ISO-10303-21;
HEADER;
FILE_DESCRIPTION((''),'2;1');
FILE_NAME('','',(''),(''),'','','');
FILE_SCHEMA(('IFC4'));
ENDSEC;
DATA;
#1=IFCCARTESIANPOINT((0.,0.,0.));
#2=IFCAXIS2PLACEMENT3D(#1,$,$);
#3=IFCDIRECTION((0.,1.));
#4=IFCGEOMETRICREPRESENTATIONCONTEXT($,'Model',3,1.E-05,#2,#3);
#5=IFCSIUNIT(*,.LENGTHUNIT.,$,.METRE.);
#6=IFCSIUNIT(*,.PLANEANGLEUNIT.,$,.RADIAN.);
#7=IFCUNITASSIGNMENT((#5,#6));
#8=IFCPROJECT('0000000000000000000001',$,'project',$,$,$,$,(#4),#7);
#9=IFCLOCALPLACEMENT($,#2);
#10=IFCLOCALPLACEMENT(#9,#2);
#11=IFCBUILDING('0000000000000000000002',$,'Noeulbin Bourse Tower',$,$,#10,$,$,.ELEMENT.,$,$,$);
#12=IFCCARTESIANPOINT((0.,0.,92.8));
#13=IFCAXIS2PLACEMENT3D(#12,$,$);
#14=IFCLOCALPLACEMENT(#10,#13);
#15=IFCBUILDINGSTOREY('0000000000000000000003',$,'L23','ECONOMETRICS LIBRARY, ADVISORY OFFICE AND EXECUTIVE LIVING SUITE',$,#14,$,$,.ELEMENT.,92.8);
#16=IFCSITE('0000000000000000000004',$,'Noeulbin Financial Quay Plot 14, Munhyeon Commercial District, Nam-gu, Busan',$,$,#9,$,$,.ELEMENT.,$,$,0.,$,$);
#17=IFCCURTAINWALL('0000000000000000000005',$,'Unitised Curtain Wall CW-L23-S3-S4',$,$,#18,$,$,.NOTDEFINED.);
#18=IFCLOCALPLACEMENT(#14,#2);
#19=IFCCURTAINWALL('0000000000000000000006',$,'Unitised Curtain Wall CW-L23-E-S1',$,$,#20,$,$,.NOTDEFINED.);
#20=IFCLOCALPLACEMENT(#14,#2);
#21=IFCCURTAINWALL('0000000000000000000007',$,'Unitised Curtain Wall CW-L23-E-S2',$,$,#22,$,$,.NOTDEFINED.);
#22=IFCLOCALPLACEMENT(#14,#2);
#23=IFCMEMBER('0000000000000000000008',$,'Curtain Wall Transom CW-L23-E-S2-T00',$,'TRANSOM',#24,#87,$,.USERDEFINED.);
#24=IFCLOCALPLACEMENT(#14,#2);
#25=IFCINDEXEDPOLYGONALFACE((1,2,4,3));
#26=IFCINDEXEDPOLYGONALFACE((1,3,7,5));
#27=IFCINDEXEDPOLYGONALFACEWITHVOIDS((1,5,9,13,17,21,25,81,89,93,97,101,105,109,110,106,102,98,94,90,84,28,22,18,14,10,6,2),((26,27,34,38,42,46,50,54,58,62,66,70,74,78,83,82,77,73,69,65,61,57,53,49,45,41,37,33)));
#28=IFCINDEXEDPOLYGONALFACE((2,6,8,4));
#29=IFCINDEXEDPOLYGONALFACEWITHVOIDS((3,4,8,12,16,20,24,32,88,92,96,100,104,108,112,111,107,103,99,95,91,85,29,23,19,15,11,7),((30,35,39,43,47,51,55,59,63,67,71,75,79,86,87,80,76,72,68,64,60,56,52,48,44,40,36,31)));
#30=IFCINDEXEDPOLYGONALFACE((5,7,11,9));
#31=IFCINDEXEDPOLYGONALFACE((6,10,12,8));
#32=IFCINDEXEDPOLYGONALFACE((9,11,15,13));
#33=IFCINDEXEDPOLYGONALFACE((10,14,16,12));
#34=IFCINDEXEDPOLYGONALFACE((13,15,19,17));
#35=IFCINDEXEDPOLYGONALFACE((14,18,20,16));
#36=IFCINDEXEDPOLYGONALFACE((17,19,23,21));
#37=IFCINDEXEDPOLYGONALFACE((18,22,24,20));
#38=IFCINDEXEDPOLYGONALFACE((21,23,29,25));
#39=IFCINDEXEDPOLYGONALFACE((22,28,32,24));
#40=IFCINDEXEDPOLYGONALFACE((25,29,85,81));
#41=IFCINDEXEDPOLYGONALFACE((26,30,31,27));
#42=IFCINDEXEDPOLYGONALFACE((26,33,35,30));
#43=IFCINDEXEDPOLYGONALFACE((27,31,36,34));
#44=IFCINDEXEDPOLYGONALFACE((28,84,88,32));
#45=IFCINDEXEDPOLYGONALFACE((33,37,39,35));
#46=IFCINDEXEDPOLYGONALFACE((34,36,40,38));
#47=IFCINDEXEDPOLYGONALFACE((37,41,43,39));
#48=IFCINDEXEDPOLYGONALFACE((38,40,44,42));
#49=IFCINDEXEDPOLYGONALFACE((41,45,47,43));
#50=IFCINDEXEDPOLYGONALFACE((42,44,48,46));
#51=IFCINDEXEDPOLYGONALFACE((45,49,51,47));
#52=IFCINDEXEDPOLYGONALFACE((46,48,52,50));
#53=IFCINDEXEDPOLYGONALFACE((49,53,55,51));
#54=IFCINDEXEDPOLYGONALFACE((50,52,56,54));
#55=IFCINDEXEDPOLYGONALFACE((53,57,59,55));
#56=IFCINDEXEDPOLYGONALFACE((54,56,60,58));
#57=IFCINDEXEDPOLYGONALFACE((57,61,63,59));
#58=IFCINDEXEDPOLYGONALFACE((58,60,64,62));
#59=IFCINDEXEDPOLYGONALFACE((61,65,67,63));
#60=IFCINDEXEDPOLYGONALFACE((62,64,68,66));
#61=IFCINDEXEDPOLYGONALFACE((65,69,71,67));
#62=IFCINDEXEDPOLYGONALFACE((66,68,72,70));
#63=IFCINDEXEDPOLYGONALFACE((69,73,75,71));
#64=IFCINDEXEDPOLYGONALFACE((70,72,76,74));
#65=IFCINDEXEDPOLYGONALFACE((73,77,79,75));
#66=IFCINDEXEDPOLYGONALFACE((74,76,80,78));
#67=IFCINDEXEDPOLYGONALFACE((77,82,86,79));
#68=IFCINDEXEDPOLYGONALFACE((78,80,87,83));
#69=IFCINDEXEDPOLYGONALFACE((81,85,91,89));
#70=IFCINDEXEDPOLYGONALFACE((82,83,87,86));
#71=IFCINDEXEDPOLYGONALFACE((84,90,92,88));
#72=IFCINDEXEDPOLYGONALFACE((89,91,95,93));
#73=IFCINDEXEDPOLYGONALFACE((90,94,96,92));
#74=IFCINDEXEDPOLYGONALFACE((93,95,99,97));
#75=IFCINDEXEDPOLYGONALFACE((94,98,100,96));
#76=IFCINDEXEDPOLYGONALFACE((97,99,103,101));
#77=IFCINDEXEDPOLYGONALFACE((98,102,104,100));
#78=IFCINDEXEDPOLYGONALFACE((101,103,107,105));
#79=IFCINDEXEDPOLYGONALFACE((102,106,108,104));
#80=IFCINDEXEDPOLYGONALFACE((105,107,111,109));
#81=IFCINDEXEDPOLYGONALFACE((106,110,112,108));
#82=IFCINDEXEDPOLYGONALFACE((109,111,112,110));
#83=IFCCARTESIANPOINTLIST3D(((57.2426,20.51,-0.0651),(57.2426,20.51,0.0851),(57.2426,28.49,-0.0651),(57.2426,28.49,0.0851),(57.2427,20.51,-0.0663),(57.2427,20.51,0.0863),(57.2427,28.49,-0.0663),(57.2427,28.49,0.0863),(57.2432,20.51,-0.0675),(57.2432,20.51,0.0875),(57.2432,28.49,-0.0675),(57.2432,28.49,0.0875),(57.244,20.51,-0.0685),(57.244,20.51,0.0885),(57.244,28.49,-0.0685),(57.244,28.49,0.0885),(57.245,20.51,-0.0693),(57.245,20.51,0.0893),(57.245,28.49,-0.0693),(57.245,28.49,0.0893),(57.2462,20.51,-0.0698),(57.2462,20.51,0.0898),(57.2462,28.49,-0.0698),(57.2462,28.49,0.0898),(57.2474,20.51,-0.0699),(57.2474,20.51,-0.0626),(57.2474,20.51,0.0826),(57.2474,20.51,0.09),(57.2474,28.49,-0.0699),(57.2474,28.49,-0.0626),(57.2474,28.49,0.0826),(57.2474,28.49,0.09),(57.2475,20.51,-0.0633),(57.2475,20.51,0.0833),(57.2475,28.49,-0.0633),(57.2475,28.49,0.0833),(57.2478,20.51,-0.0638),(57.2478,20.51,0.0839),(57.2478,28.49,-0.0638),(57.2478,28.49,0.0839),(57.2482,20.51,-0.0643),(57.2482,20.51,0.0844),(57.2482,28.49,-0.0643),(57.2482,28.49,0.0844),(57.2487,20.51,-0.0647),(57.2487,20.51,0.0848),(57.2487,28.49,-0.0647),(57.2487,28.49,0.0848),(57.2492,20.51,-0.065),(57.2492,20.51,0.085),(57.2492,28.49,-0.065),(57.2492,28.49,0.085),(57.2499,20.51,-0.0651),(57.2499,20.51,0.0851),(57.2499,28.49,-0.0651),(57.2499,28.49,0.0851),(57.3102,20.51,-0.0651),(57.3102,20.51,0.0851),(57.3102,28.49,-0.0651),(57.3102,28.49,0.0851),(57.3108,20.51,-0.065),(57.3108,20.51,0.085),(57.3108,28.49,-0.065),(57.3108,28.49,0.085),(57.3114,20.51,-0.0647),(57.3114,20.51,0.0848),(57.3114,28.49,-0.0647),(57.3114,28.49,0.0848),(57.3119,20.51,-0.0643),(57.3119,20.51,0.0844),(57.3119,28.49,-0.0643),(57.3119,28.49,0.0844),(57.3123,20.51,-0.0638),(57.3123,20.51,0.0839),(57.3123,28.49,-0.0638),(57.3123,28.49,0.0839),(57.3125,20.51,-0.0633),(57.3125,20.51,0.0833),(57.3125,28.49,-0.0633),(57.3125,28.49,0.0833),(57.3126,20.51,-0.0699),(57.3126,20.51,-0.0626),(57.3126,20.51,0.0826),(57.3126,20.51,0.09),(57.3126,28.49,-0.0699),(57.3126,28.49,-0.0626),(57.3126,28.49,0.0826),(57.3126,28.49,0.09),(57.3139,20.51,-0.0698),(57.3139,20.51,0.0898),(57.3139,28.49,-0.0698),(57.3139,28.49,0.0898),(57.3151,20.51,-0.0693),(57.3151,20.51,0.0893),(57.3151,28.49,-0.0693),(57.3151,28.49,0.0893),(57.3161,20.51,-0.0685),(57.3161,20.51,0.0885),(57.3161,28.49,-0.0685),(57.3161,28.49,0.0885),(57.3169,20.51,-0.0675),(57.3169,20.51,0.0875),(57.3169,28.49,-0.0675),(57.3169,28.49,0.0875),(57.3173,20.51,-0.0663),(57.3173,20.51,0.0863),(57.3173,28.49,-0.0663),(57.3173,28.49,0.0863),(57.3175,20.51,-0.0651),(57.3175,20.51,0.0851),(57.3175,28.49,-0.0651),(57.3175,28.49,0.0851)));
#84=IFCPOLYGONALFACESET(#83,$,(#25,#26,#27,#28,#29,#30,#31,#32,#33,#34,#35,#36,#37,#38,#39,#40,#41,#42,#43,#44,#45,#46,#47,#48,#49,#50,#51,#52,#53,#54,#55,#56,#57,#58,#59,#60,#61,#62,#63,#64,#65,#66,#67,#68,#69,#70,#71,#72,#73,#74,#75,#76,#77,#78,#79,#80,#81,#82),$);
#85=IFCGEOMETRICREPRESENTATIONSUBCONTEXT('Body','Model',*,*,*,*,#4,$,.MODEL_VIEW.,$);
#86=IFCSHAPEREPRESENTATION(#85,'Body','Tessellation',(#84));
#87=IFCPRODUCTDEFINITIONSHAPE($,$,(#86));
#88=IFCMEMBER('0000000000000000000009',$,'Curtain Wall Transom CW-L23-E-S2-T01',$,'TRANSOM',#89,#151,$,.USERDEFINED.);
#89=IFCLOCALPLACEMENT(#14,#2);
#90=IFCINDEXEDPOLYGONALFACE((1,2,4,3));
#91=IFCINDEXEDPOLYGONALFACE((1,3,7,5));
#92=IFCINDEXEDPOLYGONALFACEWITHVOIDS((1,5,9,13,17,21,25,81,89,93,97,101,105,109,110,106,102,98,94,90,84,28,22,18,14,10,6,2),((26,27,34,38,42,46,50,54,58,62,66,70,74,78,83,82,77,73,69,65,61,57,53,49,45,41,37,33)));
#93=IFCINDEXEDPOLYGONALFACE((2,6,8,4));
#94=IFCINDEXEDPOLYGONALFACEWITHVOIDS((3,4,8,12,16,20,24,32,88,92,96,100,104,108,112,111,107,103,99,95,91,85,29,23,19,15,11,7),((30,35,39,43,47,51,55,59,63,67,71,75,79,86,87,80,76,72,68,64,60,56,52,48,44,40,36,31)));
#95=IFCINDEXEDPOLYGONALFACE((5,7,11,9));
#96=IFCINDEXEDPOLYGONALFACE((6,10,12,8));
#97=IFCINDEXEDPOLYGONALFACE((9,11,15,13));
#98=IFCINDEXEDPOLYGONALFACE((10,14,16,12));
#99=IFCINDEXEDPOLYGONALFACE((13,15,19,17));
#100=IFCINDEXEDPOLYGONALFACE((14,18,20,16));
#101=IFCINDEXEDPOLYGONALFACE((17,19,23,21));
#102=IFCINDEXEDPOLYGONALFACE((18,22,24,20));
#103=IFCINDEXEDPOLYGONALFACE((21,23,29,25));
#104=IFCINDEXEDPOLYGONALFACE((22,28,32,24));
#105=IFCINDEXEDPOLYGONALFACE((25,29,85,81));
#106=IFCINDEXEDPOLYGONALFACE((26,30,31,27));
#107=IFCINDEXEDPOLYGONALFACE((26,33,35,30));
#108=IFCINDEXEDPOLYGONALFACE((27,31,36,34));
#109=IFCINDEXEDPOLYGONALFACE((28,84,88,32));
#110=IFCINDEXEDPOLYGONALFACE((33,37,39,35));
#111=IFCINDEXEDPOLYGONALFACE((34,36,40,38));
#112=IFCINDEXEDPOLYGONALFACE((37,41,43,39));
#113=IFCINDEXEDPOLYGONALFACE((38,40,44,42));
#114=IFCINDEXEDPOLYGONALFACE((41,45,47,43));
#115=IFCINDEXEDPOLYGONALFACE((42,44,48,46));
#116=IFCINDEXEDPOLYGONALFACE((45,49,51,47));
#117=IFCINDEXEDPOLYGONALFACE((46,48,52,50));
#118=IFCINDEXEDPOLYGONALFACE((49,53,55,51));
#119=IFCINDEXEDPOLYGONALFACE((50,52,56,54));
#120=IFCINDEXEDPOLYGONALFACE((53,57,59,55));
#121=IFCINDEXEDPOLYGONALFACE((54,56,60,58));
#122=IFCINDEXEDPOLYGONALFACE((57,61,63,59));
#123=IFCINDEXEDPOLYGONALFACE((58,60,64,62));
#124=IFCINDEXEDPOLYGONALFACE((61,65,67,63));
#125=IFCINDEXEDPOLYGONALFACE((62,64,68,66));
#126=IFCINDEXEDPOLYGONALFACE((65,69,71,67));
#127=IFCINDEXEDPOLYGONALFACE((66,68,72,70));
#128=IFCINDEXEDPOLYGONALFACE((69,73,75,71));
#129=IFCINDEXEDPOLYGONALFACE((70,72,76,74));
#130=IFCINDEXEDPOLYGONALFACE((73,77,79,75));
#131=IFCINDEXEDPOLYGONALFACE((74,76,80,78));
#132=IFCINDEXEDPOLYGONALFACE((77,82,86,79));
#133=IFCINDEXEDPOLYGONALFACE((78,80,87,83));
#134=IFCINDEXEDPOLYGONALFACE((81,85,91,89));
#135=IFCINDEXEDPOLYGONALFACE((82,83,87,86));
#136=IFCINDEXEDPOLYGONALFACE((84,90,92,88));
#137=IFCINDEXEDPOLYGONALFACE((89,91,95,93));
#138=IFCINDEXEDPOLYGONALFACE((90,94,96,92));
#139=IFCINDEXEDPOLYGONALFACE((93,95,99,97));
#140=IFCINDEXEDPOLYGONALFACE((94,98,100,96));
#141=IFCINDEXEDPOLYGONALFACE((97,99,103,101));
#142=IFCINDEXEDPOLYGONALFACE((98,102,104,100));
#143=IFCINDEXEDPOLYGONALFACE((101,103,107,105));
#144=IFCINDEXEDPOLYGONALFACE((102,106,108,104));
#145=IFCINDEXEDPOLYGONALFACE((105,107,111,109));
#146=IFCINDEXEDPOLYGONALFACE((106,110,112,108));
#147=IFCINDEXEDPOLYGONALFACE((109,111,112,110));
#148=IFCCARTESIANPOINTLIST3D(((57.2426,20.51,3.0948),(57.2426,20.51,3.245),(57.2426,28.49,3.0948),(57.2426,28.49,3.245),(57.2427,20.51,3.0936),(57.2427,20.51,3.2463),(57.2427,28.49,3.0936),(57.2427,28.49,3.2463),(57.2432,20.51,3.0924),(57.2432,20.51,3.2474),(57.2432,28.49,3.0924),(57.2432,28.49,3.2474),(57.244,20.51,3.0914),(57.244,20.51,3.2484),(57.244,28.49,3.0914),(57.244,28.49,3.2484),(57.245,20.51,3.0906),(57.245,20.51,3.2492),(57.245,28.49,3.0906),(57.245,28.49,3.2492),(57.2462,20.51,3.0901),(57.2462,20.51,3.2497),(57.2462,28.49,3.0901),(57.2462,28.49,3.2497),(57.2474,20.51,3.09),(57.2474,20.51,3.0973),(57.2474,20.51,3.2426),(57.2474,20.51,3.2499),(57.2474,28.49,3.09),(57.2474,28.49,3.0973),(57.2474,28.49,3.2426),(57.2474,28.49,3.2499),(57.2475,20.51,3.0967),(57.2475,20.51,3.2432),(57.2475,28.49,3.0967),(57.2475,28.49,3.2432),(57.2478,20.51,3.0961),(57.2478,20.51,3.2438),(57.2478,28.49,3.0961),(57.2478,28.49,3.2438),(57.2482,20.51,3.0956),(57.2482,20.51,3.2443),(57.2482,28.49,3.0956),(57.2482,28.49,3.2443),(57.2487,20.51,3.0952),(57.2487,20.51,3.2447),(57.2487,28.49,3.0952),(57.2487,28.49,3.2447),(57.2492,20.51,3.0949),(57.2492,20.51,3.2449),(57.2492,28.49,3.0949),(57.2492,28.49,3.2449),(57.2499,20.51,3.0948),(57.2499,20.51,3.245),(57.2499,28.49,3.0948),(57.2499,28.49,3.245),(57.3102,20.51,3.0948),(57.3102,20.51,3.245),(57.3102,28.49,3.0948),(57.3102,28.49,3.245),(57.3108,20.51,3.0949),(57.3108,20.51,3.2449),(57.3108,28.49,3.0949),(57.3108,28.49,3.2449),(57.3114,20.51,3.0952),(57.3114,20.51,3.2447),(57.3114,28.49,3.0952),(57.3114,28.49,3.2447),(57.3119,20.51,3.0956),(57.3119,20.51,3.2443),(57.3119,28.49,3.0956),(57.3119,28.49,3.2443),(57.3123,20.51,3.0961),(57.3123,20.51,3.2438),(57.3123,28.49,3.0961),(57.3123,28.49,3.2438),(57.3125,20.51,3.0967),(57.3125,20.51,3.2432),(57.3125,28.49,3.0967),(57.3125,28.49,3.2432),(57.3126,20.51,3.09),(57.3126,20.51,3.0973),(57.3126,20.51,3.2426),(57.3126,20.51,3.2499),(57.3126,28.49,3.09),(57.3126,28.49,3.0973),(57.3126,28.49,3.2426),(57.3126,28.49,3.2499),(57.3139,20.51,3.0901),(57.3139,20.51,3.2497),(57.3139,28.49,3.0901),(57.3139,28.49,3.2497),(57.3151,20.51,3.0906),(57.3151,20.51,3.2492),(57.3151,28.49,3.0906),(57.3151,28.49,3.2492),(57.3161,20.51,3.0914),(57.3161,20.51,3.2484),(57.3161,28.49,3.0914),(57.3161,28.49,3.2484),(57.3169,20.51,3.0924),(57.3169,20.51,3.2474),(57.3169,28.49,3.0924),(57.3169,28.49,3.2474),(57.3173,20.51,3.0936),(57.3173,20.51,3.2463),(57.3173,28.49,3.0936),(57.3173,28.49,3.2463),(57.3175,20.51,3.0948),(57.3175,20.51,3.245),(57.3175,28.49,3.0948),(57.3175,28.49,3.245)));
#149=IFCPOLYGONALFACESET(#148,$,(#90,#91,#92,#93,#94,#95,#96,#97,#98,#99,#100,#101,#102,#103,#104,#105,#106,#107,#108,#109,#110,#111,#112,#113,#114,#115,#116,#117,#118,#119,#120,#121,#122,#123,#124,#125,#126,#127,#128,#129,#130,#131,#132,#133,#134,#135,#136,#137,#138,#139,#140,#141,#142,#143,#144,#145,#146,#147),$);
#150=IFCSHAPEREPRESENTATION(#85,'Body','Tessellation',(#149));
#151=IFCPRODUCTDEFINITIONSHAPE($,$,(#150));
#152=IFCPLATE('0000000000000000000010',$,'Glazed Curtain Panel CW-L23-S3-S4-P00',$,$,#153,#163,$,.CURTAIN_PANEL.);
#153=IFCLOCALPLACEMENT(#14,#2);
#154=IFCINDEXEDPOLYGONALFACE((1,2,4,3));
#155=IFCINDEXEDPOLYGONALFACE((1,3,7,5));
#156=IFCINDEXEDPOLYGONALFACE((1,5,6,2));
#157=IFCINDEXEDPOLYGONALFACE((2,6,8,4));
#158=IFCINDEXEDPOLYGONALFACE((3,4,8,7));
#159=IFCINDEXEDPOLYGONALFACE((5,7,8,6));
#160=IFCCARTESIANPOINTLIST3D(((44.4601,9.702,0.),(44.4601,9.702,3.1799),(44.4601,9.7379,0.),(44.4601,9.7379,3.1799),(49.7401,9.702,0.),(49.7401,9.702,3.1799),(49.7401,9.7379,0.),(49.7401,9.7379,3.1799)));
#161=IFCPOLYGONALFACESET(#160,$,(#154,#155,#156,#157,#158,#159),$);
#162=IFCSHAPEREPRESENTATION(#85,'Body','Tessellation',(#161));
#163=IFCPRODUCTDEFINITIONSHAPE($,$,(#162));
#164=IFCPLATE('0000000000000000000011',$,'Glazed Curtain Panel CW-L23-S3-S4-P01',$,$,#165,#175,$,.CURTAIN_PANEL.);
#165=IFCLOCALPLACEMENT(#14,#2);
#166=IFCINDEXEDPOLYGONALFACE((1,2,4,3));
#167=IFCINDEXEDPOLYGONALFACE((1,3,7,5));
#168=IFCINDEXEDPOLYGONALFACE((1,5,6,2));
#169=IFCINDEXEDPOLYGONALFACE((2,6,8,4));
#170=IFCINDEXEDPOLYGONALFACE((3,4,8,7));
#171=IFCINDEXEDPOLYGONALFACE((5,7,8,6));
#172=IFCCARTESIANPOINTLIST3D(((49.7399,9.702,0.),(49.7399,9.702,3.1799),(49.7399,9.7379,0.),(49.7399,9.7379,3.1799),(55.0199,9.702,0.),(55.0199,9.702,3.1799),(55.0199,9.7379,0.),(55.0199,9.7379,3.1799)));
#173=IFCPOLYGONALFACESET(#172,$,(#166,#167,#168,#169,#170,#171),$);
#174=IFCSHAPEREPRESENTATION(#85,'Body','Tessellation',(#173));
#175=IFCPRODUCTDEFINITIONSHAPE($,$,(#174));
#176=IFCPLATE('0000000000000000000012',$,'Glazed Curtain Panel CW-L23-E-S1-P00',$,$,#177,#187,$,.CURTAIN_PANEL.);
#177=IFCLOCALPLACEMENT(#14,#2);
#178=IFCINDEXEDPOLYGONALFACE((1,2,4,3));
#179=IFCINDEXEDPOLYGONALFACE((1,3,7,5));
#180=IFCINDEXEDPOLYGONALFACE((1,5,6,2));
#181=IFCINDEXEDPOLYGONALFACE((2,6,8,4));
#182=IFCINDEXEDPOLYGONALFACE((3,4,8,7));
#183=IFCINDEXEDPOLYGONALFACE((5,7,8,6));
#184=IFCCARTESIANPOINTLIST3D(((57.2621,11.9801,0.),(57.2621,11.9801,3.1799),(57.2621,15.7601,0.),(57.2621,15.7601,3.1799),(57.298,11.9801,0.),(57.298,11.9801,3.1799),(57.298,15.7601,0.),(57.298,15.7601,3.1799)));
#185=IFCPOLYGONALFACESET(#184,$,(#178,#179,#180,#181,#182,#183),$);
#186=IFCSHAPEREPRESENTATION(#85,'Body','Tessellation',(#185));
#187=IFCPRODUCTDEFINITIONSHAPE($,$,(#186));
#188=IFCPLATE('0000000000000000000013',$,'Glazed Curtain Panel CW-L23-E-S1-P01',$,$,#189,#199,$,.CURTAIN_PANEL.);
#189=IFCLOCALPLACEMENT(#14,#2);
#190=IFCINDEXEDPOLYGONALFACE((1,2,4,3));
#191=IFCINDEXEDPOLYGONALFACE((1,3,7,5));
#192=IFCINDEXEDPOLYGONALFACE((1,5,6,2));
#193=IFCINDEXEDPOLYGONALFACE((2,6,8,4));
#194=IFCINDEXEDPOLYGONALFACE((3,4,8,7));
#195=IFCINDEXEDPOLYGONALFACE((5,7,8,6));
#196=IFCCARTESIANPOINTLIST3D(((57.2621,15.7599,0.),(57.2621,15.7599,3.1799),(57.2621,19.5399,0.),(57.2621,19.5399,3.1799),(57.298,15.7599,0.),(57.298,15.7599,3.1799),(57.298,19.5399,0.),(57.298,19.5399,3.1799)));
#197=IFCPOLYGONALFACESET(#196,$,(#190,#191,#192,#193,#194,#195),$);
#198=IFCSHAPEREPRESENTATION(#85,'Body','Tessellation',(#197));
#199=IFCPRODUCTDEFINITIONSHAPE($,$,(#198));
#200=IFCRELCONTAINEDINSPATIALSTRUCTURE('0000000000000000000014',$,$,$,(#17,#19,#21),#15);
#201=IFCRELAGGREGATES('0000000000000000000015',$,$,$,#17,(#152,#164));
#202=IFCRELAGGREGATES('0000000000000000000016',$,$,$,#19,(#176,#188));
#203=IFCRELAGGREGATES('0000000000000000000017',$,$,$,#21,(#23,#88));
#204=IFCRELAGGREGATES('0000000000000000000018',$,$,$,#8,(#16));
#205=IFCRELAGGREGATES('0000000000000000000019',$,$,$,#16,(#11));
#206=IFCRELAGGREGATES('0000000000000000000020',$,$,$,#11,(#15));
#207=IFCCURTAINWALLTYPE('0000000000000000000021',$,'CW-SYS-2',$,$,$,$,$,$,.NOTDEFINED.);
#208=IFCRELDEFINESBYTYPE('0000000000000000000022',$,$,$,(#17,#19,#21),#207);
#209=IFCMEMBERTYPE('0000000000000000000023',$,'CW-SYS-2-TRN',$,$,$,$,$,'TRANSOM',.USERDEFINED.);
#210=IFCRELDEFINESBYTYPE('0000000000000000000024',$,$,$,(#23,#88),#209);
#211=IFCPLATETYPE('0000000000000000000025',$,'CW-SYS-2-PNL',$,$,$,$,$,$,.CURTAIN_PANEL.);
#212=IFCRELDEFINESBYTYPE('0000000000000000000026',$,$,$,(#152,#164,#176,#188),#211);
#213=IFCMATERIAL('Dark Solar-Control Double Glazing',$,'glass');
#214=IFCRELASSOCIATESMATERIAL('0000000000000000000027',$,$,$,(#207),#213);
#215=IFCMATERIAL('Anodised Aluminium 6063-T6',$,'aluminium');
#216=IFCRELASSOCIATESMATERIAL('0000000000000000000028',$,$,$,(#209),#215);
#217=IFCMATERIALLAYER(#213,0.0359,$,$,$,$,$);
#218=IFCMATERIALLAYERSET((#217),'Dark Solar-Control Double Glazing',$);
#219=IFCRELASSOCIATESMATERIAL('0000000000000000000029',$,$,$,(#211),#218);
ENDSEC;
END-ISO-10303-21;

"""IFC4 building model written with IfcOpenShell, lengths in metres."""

from ifc_helpers import new_model, si_unit, direction, frame, origin, origin_2d, place, context, subcontext, project, spatial, rectangle, hollow_rectangle, extrude, material, layer, layer_set, material_profile, profile_set, type_object, element, aggregate, save


model = new_model("IFC4")

# Units and contexts
model_context = context("Model", 3, precision=1e-05, world=origin(), true_north=direction((0.0, 1.0)))
body_context = subcontext(model_context, "Body", "Model", "MODEL_VIEW")
ifc_project = project(units=[si_unit("LENGTHUNIT", "METRE"), si_unit("PLANEANGLEUNIT", "RADIAN")], contexts=[model_context])

# Site, building, storey
site_placement = place(None, origin())
site = spatial("IfcSite", under=ifc_project, at=site_placement, Name="Noeulbin Financial Quay Plot 14, Munhyeon Commercial District, Nam-gu, Busan", CompositionType="ELEMENT", RefElevation=0.0)
building_placement = place(site_placement, origin())
building = spatial("IfcBuilding", under=site, at=building_placement, Name="Noeulbin Bourse Tower", CompositionType="ELEMENT")
storey_placement = place(building_placement, frame((0.0, 0.0, 92.8)))
storey = spatial("IfcBuildingStorey", under=building, at=storey_placement, Name="L23", Description="ECONOMETRICS LIBRARY, ADVISORY OFFICE AND EXECUTIVE LIVING SUITE", CompositionType="ELEMENT", Elevation=92.8)

# Curtain walls
ifc_material_1 = material(Name="Dark Solar-Control Double Glazing", Category="glass")
curtain_wall_type = type_object("IfcCurtainWallType", Name="CW-SYS-2", PredefinedType="NOTDEFINED", material=ifc_material_1)
curtain_wall_1_placement = place(storey_placement, origin())
curtain_wall_1 = element("IfcCurtainWall", 1, at=curtain_wall_1_placement, inside=storey, type_object=curtain_wall_type, Name="Unitised Curtain Wall CW-L23-S3-S4", PredefinedType="NOTDEFINED")
ifc_material_2 = material(Name="Anodised Aluminium 6063-T6", Category="aluminium")
curtain_wall_2_placement = place(storey_placement, origin())
curtain_wall_2 = element("IfcCurtainWall", 2, at=curtain_wall_2_placement, inside=storey, type_object=curtain_wall_type, Name="Unitised Curtain Wall CW-L23-E-S1", PredefinedType="NOTDEFINED")
curtain_wall_3_placement = place(storey_placement, origin())
curtain_wall_3 = element("IfcCurtainWall", 3, at=curtain_wall_3_placement, inside=storey, type_object=curtain_wall_type, Name="Unitised Curtain Wall CW-L23-E-S2", PredefinedType="NOTDEFINED")

# Members
ifc_material_profile_1 = material_profile(ifc_material_2, hollow_rectangle(XDim=0.075, YDim=0.1599, WallThickness=0.0049, InnerFilletRadius=0.0024, OuterFilletRadius=0.0049, at=origin_2d()), Name="ALU-TRAN-75x160x5", Category="LoadBearing")
ifc_profile_set_1 = profile_set([ifc_material_profile_1], Name="Anodised Aluminium 6063-T6")
member_type_1 = type_object("IfcMemberType", Name="CW-SYS-2-TRN", ElementType="TRANSOM", PredefinedType="USERDEFINED", material=ifc_profile_set_1)
member_1_placement = place(storey_placement, frame((57.28, 20.51, 0.01), z_axis=(0.0, 1.0, 0.0), x_axis=(-1.0, 0.0, 0.0)))
member_1 = element("IfcMember", 4, at=member_1_placement, type_object=member_type_1, Name="Curtain Wall Transom CW-L23-E-S2-T00", ObjectType="TRANSOM", PredefinedType="USERDEFINED", context=body_context, shape_type="SweptSolid", body=[
    extrude(hollow_rectangle(XDim=0.075, YDim=0.1599, WallThickness=0.0049, InnerFilletRadius=0.0024, OuterFilletRadius=0.0049, at=origin_2d()), origin(), (0.0, 0.0, 1.0), 7.98),
])
member_2_placement = place(storey_placement, frame((57.28, 20.51, 3.1699), z_axis=(0.0, 1.0, 0.0), x_axis=(-1.0, 0.0, 0.0)))
member_2 = element("IfcMember", 5, at=member_2_placement, type_object=member_type_1, Name="Curtain Wall Transom CW-L23-E-S2-T01", ObjectType="TRANSOM", PredefinedType="USERDEFINED", context=body_context, shape_type="SweptSolid", body=[
    extrude(hollow_rectangle(XDim=0.075, YDim=0.1599, WallThickness=0.0049, InnerFilletRadius=0.0024, OuterFilletRadius=0.0049, at=origin_2d()), origin(), (0.0, 0.0, 1.0), 7.98),
])

# Plates
ifc_layer_1 = layer(ifc_material_1, 0.0359)
ifc_layer_set_1 = layer_set([ifc_layer_1], Name="Dark Solar-Control Double Glazing")
plate_type_1 = type_object("IfcPlateType", Name="CW-SYS-2-PNL", PredefinedType="CURTAIN_PANEL", material=ifc_layer_set_1)
plate_1_placement = place(storey_placement, frame((47.1001, 9.72, 0.0), z_axis=(0.0, 0.0, 1.0), x_axis=(1.0, 0.0, 0.0)))
plate_1 = element("IfcPlate", 6, at=plate_1_placement, type_object=plate_type_1, Name="Glazed Curtain Panel CW-L23-S3-S4-P00", PredefinedType="CURTAIN_PANEL", context=body_context, shape_type="SweptSolid", body=[
    extrude(rectangle(XDim=5.28, YDim=0.0359, at=origin_2d()), origin(), (0.0, 0.0, 1.0), 3.1799),
])
plate_2_placement = place(storey_placement, frame((52.3799, 9.72, 0.0), z_axis=(0.0, 0.0, 1.0), x_axis=(1.0, 0.0, 0.0)))
plate_2 = element("IfcPlate", 7, at=plate_2_placement, type_object=plate_type_1, Name="Glazed Curtain Panel CW-L23-S3-S4-P01", PredefinedType="CURTAIN_PANEL", context=body_context, shape_type="SweptSolid", body=[
    extrude(rectangle(XDim=5.28, YDim=0.0359, at=origin_2d()), origin(), (0.0, 0.0, 1.0), 3.1799),
])
aggregate(curtain_wall_1, [plate_1, plate_2])
plate_3_placement = place(storey_placement, frame((57.28, 13.8701, 0.0), z_axis=(0.0, 0.0, 1.0), x_axis=(0.0, 1.0, 0.0)))
plate_3 = element("IfcPlate", 8, at=plate_3_placement, type_object=plate_type_1, Name="Glazed Curtain Panel CW-L23-E-S1-P00", PredefinedType="CURTAIN_PANEL", context=body_context, shape_type="SweptSolid", body=[
    extrude(rectangle(XDim=3.78, YDim=0.0359, at=origin_2d()), origin(), (0.0, 0.0, 1.0), 3.1799),
])
plate_4_placement = place(storey_placement, frame((57.28, 17.6499, 0.0), z_axis=(0.0, 0.0, 1.0), x_axis=(0.0, 1.0, 0.0)))
plate_4 = element("IfcPlate", 9, at=plate_4_placement, type_object=plate_type_1, Name="Glazed Curtain Panel CW-L23-E-S1-P01", PredefinedType="CURTAIN_PANEL", context=body_context, shape_type="SweptSolid", body=[
    extrude(rectangle(XDim=3.78, YDim=0.0359, at=origin_2d()), origin(), (0.0, 0.0, 1.0), 3.1799),
])
aggregate(curtain_wall_2, [plate_3, plate_4])
aggregate(curtain_wall_3, [member_1, member_2])

save(model, "model.ifc")
